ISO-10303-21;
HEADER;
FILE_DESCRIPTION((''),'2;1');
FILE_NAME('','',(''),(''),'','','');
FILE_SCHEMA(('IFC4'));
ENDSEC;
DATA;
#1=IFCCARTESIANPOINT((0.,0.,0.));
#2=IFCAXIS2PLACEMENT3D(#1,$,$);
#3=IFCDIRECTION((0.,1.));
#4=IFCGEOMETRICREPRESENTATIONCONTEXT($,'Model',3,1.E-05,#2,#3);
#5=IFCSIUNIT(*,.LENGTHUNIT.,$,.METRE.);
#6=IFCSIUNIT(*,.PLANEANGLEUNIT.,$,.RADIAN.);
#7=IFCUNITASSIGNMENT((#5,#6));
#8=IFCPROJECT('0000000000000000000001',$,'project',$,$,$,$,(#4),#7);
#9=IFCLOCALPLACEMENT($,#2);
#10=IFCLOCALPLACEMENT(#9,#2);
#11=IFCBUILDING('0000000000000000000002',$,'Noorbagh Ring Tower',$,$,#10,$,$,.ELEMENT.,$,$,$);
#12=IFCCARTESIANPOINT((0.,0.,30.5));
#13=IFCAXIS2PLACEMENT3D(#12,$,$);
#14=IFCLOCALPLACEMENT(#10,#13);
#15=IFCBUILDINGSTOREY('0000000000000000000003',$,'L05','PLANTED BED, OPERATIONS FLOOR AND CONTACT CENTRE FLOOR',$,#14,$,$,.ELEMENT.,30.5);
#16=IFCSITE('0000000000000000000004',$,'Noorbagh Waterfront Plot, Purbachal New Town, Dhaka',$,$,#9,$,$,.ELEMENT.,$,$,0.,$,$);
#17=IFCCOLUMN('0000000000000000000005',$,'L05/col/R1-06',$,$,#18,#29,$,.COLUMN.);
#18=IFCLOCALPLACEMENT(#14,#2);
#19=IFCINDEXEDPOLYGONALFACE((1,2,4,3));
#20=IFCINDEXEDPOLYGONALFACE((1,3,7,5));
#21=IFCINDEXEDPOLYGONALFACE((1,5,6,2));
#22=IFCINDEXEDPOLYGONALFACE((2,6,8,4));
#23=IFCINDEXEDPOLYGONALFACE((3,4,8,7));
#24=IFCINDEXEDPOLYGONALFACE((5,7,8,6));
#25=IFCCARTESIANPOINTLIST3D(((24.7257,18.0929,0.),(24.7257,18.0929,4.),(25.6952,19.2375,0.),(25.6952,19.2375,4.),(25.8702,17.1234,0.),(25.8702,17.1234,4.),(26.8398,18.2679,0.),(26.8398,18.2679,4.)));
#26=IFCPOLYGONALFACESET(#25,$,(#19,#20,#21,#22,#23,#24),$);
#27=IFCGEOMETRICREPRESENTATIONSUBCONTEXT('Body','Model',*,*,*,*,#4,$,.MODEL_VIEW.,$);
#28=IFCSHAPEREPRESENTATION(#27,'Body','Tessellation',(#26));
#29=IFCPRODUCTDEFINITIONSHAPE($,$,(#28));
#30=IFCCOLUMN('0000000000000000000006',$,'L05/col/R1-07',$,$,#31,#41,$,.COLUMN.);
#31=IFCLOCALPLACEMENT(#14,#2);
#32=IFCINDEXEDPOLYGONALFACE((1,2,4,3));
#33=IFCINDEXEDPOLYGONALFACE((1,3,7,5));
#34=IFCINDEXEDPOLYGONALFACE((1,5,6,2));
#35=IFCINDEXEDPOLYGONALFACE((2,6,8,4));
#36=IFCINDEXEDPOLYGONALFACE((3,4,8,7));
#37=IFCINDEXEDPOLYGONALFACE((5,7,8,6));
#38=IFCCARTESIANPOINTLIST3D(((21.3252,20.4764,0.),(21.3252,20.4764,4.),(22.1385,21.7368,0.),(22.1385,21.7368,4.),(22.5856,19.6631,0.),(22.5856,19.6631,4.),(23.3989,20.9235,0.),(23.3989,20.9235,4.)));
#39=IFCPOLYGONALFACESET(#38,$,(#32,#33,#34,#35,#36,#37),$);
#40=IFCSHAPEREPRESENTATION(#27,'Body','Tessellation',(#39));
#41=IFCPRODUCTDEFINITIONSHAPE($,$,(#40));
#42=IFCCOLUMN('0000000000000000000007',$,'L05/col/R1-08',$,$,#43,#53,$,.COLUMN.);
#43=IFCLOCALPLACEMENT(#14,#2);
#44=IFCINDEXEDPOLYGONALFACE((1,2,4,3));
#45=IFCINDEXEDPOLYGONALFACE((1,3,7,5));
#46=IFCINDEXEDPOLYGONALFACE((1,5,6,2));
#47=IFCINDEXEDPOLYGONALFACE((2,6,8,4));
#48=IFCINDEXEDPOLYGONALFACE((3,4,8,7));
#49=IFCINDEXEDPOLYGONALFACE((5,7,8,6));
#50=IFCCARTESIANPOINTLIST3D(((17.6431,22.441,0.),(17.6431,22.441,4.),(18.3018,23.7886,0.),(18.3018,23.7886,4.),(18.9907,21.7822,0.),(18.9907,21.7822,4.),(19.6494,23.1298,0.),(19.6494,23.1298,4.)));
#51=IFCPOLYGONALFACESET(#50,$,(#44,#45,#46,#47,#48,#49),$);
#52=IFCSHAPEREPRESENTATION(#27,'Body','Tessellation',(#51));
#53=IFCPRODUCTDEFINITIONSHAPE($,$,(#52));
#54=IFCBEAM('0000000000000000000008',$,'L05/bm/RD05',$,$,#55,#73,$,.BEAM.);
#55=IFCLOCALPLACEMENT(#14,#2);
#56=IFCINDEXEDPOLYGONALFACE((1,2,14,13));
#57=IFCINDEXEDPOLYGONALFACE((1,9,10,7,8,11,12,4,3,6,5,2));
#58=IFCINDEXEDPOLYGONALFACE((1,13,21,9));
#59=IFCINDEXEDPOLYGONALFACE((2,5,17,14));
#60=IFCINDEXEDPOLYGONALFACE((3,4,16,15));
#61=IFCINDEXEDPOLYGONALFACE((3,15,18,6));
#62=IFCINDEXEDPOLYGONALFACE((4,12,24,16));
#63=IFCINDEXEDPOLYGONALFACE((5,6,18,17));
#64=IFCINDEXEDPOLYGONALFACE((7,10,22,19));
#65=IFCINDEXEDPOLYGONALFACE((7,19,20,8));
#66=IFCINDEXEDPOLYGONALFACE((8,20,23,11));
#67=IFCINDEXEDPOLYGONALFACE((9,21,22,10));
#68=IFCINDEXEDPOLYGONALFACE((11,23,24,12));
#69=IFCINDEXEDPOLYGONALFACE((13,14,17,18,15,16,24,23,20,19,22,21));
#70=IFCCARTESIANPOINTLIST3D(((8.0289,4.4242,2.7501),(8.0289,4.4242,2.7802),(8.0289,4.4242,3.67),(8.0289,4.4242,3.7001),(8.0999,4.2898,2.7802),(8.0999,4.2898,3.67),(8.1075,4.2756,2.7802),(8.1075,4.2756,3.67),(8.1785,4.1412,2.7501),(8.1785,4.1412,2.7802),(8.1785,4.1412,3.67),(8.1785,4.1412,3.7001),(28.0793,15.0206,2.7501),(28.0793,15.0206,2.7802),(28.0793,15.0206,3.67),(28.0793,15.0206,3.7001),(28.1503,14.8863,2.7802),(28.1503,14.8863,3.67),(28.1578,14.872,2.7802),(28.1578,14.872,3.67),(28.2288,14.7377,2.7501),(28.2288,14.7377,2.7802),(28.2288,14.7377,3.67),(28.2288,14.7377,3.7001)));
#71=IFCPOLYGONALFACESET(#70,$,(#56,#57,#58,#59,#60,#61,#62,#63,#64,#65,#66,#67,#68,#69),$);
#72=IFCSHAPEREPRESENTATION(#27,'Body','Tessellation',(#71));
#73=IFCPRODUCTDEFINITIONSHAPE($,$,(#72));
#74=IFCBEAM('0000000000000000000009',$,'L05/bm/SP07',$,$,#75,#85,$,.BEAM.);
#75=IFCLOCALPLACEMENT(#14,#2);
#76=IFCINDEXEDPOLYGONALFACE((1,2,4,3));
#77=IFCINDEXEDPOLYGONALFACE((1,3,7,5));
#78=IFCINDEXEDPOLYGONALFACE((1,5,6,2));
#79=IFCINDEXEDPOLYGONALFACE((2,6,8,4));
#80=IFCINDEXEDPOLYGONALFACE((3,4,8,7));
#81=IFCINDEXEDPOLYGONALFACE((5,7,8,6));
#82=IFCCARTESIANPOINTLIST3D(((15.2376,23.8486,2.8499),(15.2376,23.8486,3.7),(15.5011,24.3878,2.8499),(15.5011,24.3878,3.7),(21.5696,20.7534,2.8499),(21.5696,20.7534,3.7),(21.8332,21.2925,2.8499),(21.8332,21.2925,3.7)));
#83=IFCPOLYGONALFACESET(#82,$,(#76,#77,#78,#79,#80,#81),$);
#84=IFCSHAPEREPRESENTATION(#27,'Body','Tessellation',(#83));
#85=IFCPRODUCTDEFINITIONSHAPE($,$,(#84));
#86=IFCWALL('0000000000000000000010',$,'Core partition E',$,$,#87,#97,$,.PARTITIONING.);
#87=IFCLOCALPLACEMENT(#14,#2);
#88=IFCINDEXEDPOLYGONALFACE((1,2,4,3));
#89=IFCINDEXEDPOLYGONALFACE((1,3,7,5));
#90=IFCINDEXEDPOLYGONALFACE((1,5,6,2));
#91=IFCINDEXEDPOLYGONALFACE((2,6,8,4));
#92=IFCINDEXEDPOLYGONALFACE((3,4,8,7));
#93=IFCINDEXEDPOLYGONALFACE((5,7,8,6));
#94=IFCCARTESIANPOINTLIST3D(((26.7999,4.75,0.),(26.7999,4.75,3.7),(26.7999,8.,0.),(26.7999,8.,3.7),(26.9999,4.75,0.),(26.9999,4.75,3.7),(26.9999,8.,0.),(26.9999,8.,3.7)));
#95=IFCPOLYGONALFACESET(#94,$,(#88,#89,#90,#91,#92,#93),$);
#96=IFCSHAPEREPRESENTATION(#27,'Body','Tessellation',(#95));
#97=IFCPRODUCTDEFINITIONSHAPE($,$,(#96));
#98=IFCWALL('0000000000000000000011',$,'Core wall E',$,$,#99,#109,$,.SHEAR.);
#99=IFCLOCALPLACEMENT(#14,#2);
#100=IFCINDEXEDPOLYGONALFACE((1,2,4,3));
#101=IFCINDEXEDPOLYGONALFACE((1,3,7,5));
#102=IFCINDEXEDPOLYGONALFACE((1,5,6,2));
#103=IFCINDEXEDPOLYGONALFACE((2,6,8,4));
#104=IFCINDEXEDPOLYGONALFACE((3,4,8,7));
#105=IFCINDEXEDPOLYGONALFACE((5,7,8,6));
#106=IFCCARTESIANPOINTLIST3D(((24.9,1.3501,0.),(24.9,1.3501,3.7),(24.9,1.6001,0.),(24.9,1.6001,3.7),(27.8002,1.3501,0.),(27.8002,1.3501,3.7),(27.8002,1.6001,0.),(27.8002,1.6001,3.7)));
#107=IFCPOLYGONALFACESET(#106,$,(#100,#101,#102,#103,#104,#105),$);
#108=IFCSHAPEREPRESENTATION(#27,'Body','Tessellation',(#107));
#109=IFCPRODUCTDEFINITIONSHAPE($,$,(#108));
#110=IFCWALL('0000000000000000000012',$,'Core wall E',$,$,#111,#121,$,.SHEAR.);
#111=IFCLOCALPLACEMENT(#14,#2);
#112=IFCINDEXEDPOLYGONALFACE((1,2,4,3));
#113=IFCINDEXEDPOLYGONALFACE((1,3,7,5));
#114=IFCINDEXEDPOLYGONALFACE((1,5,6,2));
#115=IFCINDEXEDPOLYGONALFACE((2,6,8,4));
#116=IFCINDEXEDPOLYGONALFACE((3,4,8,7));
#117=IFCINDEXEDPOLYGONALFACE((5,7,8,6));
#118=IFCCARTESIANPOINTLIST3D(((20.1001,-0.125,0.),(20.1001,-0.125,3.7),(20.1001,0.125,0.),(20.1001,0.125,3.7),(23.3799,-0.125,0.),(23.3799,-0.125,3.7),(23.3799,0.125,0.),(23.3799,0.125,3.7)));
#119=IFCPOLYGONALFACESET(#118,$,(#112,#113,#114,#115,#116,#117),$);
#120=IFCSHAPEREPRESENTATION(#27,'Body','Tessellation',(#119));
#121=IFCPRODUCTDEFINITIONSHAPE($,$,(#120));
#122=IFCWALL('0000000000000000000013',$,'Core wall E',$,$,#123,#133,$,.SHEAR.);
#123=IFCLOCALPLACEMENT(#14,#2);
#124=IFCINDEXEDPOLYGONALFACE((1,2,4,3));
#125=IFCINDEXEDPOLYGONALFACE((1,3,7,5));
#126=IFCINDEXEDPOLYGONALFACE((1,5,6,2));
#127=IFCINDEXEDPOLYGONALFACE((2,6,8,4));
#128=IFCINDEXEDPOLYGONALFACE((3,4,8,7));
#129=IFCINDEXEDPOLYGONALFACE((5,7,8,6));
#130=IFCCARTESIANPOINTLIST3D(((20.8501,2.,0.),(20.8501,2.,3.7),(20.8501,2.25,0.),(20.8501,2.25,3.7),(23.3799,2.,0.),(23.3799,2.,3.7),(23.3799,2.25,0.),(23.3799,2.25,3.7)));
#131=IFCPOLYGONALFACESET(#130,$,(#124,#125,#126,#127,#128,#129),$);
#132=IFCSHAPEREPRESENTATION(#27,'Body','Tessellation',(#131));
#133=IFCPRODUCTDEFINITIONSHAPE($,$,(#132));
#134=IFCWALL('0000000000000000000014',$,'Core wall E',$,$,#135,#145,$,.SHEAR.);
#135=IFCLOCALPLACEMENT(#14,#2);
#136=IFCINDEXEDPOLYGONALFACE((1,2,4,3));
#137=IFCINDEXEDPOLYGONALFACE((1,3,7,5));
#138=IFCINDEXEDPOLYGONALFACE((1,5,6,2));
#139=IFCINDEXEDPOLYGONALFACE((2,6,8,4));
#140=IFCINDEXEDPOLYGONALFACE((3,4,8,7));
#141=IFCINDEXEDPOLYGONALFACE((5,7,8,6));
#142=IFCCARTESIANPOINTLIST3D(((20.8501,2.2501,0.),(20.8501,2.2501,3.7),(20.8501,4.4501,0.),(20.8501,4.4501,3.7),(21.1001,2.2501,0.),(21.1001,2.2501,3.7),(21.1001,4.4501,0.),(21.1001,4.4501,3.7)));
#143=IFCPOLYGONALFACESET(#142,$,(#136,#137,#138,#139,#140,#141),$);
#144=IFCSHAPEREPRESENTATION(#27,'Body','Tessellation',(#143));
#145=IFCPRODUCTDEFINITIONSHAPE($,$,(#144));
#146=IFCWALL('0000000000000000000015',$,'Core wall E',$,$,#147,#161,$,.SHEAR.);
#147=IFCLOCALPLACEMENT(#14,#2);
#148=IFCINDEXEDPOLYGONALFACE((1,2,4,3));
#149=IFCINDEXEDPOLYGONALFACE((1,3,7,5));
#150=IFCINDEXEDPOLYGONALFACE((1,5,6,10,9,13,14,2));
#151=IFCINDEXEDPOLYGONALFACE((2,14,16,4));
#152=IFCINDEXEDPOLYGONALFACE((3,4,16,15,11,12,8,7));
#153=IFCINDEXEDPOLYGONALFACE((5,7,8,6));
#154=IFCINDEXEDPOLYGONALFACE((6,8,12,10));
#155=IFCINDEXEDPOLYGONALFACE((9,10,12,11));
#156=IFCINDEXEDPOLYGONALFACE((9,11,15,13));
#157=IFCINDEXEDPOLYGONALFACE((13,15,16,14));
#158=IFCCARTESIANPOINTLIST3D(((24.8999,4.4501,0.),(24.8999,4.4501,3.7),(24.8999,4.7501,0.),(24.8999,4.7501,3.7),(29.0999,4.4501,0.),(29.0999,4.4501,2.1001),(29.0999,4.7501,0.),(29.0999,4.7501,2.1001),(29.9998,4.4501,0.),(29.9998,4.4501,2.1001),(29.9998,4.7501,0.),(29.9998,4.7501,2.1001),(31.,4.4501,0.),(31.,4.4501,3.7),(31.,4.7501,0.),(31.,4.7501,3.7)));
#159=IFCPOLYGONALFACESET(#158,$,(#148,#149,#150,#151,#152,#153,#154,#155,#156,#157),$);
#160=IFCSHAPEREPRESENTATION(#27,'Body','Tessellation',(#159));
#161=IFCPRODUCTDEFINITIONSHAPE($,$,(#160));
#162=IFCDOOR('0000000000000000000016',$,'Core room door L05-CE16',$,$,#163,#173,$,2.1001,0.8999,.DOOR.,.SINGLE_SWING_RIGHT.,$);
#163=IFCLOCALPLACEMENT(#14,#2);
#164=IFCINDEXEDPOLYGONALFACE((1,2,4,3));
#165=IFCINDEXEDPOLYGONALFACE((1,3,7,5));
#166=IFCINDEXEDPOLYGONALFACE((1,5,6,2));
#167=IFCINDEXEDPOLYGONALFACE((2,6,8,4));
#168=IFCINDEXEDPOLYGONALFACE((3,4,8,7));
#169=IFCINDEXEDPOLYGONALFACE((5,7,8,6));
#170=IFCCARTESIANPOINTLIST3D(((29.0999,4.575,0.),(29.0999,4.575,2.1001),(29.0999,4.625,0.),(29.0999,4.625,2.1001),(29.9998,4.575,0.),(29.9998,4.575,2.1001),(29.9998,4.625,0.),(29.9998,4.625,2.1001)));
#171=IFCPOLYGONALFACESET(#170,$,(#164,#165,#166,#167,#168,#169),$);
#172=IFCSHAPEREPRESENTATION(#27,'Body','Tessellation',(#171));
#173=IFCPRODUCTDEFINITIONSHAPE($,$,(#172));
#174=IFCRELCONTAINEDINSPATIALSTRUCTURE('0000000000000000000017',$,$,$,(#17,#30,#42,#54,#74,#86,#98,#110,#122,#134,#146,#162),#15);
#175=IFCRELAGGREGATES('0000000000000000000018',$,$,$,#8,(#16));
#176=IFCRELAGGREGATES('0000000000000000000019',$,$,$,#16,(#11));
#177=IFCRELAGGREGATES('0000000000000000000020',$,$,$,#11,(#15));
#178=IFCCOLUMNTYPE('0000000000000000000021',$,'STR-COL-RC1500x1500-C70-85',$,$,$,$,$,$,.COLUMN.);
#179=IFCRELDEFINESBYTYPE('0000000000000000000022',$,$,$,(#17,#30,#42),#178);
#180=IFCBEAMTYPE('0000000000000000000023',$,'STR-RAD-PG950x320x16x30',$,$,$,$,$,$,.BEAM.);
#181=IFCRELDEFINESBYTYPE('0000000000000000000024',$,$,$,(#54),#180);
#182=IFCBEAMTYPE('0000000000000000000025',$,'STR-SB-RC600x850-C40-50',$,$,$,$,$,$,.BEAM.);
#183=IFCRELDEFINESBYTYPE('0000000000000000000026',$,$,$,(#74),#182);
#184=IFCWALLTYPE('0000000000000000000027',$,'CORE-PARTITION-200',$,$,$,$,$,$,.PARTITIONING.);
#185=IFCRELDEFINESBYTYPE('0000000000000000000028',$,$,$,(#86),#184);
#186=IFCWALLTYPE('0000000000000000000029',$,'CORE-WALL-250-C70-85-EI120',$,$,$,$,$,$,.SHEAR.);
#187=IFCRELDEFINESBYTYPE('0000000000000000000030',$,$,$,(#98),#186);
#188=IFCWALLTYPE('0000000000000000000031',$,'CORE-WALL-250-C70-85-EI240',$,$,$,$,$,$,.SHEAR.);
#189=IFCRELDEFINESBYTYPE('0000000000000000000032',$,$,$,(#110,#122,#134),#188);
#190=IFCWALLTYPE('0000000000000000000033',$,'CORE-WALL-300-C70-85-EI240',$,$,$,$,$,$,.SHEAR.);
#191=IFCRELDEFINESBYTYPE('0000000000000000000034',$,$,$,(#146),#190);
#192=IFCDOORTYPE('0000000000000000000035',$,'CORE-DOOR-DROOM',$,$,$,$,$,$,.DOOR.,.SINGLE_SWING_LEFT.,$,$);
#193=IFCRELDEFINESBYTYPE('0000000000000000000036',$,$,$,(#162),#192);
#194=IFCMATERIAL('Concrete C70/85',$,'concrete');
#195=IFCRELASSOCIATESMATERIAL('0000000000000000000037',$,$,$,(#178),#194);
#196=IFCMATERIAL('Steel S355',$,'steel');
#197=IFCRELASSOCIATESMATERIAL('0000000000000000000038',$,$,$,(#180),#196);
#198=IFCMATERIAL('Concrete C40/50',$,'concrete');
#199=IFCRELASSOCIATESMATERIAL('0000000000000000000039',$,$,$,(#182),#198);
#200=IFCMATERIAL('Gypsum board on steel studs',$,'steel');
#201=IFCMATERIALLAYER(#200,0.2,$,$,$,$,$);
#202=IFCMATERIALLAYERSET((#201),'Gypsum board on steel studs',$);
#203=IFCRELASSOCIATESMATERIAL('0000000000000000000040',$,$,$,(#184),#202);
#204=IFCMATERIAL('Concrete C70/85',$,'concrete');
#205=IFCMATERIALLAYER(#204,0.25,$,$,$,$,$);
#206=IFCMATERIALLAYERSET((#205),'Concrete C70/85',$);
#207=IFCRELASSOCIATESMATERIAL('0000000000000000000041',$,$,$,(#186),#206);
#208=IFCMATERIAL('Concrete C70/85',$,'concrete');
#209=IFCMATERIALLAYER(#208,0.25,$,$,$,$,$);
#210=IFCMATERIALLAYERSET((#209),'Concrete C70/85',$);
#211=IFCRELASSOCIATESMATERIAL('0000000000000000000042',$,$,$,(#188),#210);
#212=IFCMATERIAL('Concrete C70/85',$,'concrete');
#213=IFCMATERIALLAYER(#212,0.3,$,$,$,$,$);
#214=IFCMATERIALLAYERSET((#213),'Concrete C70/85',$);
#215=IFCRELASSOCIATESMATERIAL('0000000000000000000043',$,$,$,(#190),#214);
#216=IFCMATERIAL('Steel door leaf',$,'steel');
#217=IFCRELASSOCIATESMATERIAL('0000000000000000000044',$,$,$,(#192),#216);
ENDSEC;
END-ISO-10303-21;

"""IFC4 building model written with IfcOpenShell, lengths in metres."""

from ifc_helpers import new_model, si_unit, direction, frame, frame_2d, origin, origin_2d, place, context, subcontext, project, spatial, rectangle, i_section, extrude, material, layer, layer_set, material_profile, profile_set, type_object, element, fill, save


model = new_model("IFC4")

# Units and contexts
model_context = context("Model", 3, precision=1e-05, world=origin(), true_north=direction((0.0, 1.0)))
body_context = subcontext(model_context, "Body", "Model", "MODEL_VIEW")
ifc_project = project(units=[si_unit("LENGTHUNIT", "METRE"), si_unit("PLANEANGLEUNIT", "RADIAN")], contexts=[model_context])

# Site, building, storey
site_placement = place(None, origin())
site = spatial("IfcSite", under=ifc_project, at=site_placement, Name="Noorbagh Waterfront Plot, Purbachal New Town, Dhaka", CompositionType="ELEMENT", RefElevation=0.0)
building_placement = place(site_placement, origin())
building = spatial("IfcBuilding", under=site, at=building_placement, Name="Noorbagh Ring Tower", CompositionType="ELEMENT")
storey_placement = place(building_placement, frame((0.0, 0.0, 30.5)))
storey = spatial("IfcBuildingStorey", under=building, at=storey_placement, Name="L05", Description="PLANTED BED, OPERATIONS FLOOR AND CONTACT CENTRE FLOOR", CompositionType="ELEMENT", Elevation=30.5)

# Columns
ifc_material_1 = material(Name="Concrete C70/85", Category="concrete")
ifc_material_profile_1 = material_profile(ifc_material_1, rectangle(XDim=1.5, YDim=1.5, at=origin_2d()), Name="RC1500x1500")
ifc_profile_set_1 = profile_set([ifc_material_profile_1], Name="Concrete C70/85")
column_type = type_object("IfcColumnType", Name="STR-COL-RC1500x1500-C70-85", PredefinedType="COLUMN", material=ifc_profile_set_1)
for number, where, z_axis, x_axis, name in (
    (1, (25.7827, 18.1804, 0.0), (0.0, 0.0, 1.0), (-0.763035, 0.646357, 0.0), "L05/col/R1-06"),
    (2, (22.3621, 20.7, 0.0), (0.0, 0.0, 1.0), (-0.840248, 0.542203, 0.0), "L05/col/R1-07"),
    (3, (18.6462, 22.7854, 0.0), (0.0, 0.0, 1.0), (-0.898399, 0.43918, 0.0), "L05/col/R1-08"),
):
    element("IfcColumn", number, at=place(storey_placement, frame(where, z_axis=z_axis, x_axis=x_axis)), inside=storey, type_object=column_type, Name=name, PredefinedType="COLUMN", context=body_context, shape_type="SweptSolid", body=[
        extrude(rectangle(XDim=1.5, YDim=1.5, at=origin_2d()), origin(), (0.0, 0.0, 1.0), 4.0),
    ])

# Beams
ifc_material_2 = material(Name="Steel S355", Category="steel")
ifc_material_profile_2 = material_profile(ifc_material_2, i_section(OverallWidth=0.3201, OverallDepth=0.95, WebThickness=0.0161, FlangeThickness=0.03, at=origin_2d()), Name="PG950x320x16x30")
ifc_profile_set_2 = profile_set([ifc_material_profile_2], Name="Steel S355")
beam_type_1 = type_object("IfcBeamType", Name="STR-RAD-PG950x320x16x30", PredefinedType="BEAM", material=ifc_profile_set_2)
beam_1_placement = place(storey_placement, frame((28.1541, 14.8792, 3.2251), z_axis=(-0.884124, -0.467253, 0.0), x_axis=(0.467253, -0.884124, 0.0)))
element("IfcBeam", 4, at=beam_1_placement, inside=storey, type_object=beam_type_1, Name="L05/bm/RD05", PredefinedType="BEAM", context=body_context, shape_type="SweptSolid", body=[
    extrude(i_section(OverallWidth=0.3201, OverallDepth=0.95, WebThickness=0.0161, FlangeThickness=0.03, at=origin_2d()), origin(), (0.0, 0.0, 1.0), 22.6782),
])
ifc_material_3 = material(Name="Concrete C40/50", Category="concrete")
ifc_material_profile_3 = material_profile(ifc_material_3, rectangle(XDim=0.6001, YDim=0.8501, at=origin_2d()), Name="RC600x850")
ifc_profile_set_3 = profile_set([ifc_material_profile_3], Name="Concrete C40/50")
beam_type_2 = type_object("IfcBeamType", Name="STR-SB-RC600x850-C40-50", PredefinedType="BEAM", material=ifc_profile_set_3)
beam_2_placement = place(storey_placement, frame((21.7014, 21.0229, 3.2749), z_axis=(-0.898409, 0.439159, 0.0), x_axis=(-0.439159, -0.898409, 0.0)))
element("IfcBeam", 5, at=beam_2_placement, inside=storey, type_object=beam_type_2, Name="L05/bm/SP07", PredefinedType="BEAM", context=body_context, shape_type="SweptSolid", body=[
    extrude(rectangle(XDim=0.6001, YDim=0.8501, at=origin_2d()), origin(), (0.0, 0.0, 1.0), 7.0481),
])

# Walls
ifc_material_4 = material(Name="Gypsum board on steel studs", Category="steel")
ifc_layer_1 = layer(ifc_material_4, 0.2)
ifc_layer_set_1 = layer_set([ifc_layer_1], Name="Gypsum board on steel studs")
wall_type_1 = type_object("IfcWallType", Name="CORE-PARTITION-200", PredefinedType="PARTITIONING", material=ifc_layer_set_1)
wall_1_placement = place(storey_placement, frame((26.8999, 4.75, 0.0), z_axis=(0.0, 0.0, 1.0), x_axis=(0.0, 1.0, 0.0)))
element("IfcWall", 6, at=wall_1_placement, inside=storey, type_object=wall_type_1, Name="Core partition E", PredefinedType="PARTITIONING", context=body_context, shape_type="SweptSolid", body=[
    extrude(rectangle(XDim=3.25, YDim=0.2, at=frame_2d((1.625, 0.0))), origin(), (0.0, 0.0, 1.0), 3.7),
])
ifc_material_5 = material(Name="Concrete C70/85", Category="concrete")
ifc_layer_2 = layer(ifc_material_5, 0.25)
ifc_layer_set_2 = layer_set([ifc_layer_2], Name="Concrete C70/85")
wall_type_2 = type_object("IfcWallType", Name="CORE-WALL-250-C70-85-EI120", PredefinedType="SHEAR", material=ifc_layer_set_2)
wall_2_placement = place(storey_placement, frame((24.8999, 1.4751, 0.0), z_axis=(0.0, 0.0, 1.0), x_axis=(1.0, 0.0, 0.0)))
element("IfcWall", 7, at=wall_2_placement, inside=storey, type_object=wall_type_2, Name="Core wall E", PredefinedType="SHEAR", context=body_context, shape_type="SweptSolid", body=[
    extrude(rectangle(XDim=2.9001, YDim=0.25, at=frame_2d((1.4502, 0.0))), origin(), (0.0, 0.0, 1.0), 3.7),
])
ifc_material_6 = material(Name="Concrete C70/85", Category="concrete")
ifc_layer_3 = layer(ifc_material_6, 0.25)
ifc_layer_set_3 = layer_set([ifc_layer_3], Name="Concrete C70/85")
wall_type_3 = type_object("IfcWallType", Name="CORE-WALL-250-C70-85-EI240", PredefinedType="SHEAR", material=ifc_layer_set_3)
wall_3_placement = place(storey_placement, frame((20.1001, 0.0, 0.0), z_axis=(0.0, 0.0, 1.0), x_axis=(1.0, 0.0, 0.0)))
element("IfcWall", 8, at=wall_3_placement, inside=storey, type_object=wall_type_3, Name="Core wall E", PredefinedType="SHEAR", context=body_context, shape_type="SweptSolid", body=[
    extrude(rectangle(XDim=3.2798, YDim=0.25, at=frame_2d((1.6399, 0.0))), origin(), (0.0, 0.0, 1.0), 3.7),
])
wall_4_placement = place(storey_placement, frame((20.8501, 2.125, 0.0), z_axis=(0.0, 0.0, 1.0), x_axis=(1.0, 0.0, 0.0)))
element("IfcWall", 9, at=wall_4_placement, inside=storey, type_object=wall_type_3, Name="Core wall E", PredefinedType="SHEAR", context=body_context, shape_type="SweptSolid", body=[
    extrude(rectangle(XDim=2.5298, YDim=0.25, at=frame_2d((1.2649, 0.0))), origin(), (0.0, 0.0, 1.0), 3.7),
])
wall_5_placement = place(storey_placement, frame((20.9751, 2.25, 0.0), z_axis=(0.0, 0.0, 1.0), x_axis=(0.0, 1.0, 0.0)))
element("IfcWall", 10, at=wall_5_placement, inside=storey, type_object=wall_type_3, Name="Core wall E", PredefinedType="SHEAR", context=body_context, shape_type="SweptSolid", body=[
    extrude(rectangle(XDim=2.2, YDim=0.25, at=frame_2d((1.1001, 0.0))), origin(), (0.0, 0.0, 1.0), 3.7),
])

# Wall, opening, door
ifc_material_7 = material(Name="Concrete C70/85", Category="concrete")
ifc_layer_4 = layer(ifc_material_7, 0.3)
ifc_layer_set_4 = layer_set([ifc_layer_4], Name="Concrete C70/85")
wall_type_4 = type_object("IfcWallType", Name="CORE-WALL-300-C70-85-EI240", PredefinedType="SHEAR", material=ifc_layer_set_4)
wall_6_placement = place(storey_placement, frame((24.8999, 4.6001, 0.0), z_axis=(0.0, 0.0, 1.0), x_axis=(1.0, 0.0, 0.0)))
wall_6 = element("IfcWall", 11, at=wall_6_placement, inside=storey, type_object=wall_type_4, Name="Core wall E", PredefinedType="SHEAR", context=body_context, shape_type="SweptSolid", body=[
    extrude(rectangle(XDim=6.1001, YDim=0.3, at=frame_2d((3.05, 0.0))), origin(), (0.0, 0.0, 1.0), 3.7),
])
opening_1_placement = place(wall_6_placement, frame((4.2, 0.0, 0.0)))
opening_1 = element("IfcOpeningElement", 12, at=opening_1_placement, cuts=wall_6, PredefinedType="OPENING", context=body_context, shape_type="SweptSolid", body=[
    extrude(rectangle(XDim=0.8999, YDim=2.1001, at=frame_2d((0.45, 1.05))), frame((0.0, 0.1602, 0.0), z_axis=(0.0, -1.0, 0.0), x_axis=(1.0, 0.0, 0.0)), (0.0, 0.0, 1.0), 0.3201),
])
ifc_material_8 = material(Name="Steel door leaf", Category="steel")
door_type_1 = type_object("IfcDoorType", Name="CORE-DOOR-DROOM", OperationType="SINGLE_SWING_LEFT", PredefinedType="DOOR", material=ifc_material_8)
door_1_placement = place(opening_1_placement, origin())
door_1 = element("IfcDoor", 13, at=door_1_placement, inside=storey, type_object=door_type_1, Name="Core room door L05-CE16", OperationType="SINGLE_SWING_RIGHT", OverallHeight=2.1001, OverallWidth=0.8999, PredefinedType="DOOR", context=body_context, shape_type="SweptSolid", body=[
    extrude(rectangle(XDim=0.8999, YDim=2.1001, at=frame_2d((0.45, 1.05))), frame((0.0, 0.0249, 0.0), z_axis=(0.0, -1.0, 0.0), x_axis=(1.0, 0.0, 0.0)), (0.0, 0.0, 1.0), 0.05),
])
fill(opening_1, door_1)

save(model, "model.ifc")
